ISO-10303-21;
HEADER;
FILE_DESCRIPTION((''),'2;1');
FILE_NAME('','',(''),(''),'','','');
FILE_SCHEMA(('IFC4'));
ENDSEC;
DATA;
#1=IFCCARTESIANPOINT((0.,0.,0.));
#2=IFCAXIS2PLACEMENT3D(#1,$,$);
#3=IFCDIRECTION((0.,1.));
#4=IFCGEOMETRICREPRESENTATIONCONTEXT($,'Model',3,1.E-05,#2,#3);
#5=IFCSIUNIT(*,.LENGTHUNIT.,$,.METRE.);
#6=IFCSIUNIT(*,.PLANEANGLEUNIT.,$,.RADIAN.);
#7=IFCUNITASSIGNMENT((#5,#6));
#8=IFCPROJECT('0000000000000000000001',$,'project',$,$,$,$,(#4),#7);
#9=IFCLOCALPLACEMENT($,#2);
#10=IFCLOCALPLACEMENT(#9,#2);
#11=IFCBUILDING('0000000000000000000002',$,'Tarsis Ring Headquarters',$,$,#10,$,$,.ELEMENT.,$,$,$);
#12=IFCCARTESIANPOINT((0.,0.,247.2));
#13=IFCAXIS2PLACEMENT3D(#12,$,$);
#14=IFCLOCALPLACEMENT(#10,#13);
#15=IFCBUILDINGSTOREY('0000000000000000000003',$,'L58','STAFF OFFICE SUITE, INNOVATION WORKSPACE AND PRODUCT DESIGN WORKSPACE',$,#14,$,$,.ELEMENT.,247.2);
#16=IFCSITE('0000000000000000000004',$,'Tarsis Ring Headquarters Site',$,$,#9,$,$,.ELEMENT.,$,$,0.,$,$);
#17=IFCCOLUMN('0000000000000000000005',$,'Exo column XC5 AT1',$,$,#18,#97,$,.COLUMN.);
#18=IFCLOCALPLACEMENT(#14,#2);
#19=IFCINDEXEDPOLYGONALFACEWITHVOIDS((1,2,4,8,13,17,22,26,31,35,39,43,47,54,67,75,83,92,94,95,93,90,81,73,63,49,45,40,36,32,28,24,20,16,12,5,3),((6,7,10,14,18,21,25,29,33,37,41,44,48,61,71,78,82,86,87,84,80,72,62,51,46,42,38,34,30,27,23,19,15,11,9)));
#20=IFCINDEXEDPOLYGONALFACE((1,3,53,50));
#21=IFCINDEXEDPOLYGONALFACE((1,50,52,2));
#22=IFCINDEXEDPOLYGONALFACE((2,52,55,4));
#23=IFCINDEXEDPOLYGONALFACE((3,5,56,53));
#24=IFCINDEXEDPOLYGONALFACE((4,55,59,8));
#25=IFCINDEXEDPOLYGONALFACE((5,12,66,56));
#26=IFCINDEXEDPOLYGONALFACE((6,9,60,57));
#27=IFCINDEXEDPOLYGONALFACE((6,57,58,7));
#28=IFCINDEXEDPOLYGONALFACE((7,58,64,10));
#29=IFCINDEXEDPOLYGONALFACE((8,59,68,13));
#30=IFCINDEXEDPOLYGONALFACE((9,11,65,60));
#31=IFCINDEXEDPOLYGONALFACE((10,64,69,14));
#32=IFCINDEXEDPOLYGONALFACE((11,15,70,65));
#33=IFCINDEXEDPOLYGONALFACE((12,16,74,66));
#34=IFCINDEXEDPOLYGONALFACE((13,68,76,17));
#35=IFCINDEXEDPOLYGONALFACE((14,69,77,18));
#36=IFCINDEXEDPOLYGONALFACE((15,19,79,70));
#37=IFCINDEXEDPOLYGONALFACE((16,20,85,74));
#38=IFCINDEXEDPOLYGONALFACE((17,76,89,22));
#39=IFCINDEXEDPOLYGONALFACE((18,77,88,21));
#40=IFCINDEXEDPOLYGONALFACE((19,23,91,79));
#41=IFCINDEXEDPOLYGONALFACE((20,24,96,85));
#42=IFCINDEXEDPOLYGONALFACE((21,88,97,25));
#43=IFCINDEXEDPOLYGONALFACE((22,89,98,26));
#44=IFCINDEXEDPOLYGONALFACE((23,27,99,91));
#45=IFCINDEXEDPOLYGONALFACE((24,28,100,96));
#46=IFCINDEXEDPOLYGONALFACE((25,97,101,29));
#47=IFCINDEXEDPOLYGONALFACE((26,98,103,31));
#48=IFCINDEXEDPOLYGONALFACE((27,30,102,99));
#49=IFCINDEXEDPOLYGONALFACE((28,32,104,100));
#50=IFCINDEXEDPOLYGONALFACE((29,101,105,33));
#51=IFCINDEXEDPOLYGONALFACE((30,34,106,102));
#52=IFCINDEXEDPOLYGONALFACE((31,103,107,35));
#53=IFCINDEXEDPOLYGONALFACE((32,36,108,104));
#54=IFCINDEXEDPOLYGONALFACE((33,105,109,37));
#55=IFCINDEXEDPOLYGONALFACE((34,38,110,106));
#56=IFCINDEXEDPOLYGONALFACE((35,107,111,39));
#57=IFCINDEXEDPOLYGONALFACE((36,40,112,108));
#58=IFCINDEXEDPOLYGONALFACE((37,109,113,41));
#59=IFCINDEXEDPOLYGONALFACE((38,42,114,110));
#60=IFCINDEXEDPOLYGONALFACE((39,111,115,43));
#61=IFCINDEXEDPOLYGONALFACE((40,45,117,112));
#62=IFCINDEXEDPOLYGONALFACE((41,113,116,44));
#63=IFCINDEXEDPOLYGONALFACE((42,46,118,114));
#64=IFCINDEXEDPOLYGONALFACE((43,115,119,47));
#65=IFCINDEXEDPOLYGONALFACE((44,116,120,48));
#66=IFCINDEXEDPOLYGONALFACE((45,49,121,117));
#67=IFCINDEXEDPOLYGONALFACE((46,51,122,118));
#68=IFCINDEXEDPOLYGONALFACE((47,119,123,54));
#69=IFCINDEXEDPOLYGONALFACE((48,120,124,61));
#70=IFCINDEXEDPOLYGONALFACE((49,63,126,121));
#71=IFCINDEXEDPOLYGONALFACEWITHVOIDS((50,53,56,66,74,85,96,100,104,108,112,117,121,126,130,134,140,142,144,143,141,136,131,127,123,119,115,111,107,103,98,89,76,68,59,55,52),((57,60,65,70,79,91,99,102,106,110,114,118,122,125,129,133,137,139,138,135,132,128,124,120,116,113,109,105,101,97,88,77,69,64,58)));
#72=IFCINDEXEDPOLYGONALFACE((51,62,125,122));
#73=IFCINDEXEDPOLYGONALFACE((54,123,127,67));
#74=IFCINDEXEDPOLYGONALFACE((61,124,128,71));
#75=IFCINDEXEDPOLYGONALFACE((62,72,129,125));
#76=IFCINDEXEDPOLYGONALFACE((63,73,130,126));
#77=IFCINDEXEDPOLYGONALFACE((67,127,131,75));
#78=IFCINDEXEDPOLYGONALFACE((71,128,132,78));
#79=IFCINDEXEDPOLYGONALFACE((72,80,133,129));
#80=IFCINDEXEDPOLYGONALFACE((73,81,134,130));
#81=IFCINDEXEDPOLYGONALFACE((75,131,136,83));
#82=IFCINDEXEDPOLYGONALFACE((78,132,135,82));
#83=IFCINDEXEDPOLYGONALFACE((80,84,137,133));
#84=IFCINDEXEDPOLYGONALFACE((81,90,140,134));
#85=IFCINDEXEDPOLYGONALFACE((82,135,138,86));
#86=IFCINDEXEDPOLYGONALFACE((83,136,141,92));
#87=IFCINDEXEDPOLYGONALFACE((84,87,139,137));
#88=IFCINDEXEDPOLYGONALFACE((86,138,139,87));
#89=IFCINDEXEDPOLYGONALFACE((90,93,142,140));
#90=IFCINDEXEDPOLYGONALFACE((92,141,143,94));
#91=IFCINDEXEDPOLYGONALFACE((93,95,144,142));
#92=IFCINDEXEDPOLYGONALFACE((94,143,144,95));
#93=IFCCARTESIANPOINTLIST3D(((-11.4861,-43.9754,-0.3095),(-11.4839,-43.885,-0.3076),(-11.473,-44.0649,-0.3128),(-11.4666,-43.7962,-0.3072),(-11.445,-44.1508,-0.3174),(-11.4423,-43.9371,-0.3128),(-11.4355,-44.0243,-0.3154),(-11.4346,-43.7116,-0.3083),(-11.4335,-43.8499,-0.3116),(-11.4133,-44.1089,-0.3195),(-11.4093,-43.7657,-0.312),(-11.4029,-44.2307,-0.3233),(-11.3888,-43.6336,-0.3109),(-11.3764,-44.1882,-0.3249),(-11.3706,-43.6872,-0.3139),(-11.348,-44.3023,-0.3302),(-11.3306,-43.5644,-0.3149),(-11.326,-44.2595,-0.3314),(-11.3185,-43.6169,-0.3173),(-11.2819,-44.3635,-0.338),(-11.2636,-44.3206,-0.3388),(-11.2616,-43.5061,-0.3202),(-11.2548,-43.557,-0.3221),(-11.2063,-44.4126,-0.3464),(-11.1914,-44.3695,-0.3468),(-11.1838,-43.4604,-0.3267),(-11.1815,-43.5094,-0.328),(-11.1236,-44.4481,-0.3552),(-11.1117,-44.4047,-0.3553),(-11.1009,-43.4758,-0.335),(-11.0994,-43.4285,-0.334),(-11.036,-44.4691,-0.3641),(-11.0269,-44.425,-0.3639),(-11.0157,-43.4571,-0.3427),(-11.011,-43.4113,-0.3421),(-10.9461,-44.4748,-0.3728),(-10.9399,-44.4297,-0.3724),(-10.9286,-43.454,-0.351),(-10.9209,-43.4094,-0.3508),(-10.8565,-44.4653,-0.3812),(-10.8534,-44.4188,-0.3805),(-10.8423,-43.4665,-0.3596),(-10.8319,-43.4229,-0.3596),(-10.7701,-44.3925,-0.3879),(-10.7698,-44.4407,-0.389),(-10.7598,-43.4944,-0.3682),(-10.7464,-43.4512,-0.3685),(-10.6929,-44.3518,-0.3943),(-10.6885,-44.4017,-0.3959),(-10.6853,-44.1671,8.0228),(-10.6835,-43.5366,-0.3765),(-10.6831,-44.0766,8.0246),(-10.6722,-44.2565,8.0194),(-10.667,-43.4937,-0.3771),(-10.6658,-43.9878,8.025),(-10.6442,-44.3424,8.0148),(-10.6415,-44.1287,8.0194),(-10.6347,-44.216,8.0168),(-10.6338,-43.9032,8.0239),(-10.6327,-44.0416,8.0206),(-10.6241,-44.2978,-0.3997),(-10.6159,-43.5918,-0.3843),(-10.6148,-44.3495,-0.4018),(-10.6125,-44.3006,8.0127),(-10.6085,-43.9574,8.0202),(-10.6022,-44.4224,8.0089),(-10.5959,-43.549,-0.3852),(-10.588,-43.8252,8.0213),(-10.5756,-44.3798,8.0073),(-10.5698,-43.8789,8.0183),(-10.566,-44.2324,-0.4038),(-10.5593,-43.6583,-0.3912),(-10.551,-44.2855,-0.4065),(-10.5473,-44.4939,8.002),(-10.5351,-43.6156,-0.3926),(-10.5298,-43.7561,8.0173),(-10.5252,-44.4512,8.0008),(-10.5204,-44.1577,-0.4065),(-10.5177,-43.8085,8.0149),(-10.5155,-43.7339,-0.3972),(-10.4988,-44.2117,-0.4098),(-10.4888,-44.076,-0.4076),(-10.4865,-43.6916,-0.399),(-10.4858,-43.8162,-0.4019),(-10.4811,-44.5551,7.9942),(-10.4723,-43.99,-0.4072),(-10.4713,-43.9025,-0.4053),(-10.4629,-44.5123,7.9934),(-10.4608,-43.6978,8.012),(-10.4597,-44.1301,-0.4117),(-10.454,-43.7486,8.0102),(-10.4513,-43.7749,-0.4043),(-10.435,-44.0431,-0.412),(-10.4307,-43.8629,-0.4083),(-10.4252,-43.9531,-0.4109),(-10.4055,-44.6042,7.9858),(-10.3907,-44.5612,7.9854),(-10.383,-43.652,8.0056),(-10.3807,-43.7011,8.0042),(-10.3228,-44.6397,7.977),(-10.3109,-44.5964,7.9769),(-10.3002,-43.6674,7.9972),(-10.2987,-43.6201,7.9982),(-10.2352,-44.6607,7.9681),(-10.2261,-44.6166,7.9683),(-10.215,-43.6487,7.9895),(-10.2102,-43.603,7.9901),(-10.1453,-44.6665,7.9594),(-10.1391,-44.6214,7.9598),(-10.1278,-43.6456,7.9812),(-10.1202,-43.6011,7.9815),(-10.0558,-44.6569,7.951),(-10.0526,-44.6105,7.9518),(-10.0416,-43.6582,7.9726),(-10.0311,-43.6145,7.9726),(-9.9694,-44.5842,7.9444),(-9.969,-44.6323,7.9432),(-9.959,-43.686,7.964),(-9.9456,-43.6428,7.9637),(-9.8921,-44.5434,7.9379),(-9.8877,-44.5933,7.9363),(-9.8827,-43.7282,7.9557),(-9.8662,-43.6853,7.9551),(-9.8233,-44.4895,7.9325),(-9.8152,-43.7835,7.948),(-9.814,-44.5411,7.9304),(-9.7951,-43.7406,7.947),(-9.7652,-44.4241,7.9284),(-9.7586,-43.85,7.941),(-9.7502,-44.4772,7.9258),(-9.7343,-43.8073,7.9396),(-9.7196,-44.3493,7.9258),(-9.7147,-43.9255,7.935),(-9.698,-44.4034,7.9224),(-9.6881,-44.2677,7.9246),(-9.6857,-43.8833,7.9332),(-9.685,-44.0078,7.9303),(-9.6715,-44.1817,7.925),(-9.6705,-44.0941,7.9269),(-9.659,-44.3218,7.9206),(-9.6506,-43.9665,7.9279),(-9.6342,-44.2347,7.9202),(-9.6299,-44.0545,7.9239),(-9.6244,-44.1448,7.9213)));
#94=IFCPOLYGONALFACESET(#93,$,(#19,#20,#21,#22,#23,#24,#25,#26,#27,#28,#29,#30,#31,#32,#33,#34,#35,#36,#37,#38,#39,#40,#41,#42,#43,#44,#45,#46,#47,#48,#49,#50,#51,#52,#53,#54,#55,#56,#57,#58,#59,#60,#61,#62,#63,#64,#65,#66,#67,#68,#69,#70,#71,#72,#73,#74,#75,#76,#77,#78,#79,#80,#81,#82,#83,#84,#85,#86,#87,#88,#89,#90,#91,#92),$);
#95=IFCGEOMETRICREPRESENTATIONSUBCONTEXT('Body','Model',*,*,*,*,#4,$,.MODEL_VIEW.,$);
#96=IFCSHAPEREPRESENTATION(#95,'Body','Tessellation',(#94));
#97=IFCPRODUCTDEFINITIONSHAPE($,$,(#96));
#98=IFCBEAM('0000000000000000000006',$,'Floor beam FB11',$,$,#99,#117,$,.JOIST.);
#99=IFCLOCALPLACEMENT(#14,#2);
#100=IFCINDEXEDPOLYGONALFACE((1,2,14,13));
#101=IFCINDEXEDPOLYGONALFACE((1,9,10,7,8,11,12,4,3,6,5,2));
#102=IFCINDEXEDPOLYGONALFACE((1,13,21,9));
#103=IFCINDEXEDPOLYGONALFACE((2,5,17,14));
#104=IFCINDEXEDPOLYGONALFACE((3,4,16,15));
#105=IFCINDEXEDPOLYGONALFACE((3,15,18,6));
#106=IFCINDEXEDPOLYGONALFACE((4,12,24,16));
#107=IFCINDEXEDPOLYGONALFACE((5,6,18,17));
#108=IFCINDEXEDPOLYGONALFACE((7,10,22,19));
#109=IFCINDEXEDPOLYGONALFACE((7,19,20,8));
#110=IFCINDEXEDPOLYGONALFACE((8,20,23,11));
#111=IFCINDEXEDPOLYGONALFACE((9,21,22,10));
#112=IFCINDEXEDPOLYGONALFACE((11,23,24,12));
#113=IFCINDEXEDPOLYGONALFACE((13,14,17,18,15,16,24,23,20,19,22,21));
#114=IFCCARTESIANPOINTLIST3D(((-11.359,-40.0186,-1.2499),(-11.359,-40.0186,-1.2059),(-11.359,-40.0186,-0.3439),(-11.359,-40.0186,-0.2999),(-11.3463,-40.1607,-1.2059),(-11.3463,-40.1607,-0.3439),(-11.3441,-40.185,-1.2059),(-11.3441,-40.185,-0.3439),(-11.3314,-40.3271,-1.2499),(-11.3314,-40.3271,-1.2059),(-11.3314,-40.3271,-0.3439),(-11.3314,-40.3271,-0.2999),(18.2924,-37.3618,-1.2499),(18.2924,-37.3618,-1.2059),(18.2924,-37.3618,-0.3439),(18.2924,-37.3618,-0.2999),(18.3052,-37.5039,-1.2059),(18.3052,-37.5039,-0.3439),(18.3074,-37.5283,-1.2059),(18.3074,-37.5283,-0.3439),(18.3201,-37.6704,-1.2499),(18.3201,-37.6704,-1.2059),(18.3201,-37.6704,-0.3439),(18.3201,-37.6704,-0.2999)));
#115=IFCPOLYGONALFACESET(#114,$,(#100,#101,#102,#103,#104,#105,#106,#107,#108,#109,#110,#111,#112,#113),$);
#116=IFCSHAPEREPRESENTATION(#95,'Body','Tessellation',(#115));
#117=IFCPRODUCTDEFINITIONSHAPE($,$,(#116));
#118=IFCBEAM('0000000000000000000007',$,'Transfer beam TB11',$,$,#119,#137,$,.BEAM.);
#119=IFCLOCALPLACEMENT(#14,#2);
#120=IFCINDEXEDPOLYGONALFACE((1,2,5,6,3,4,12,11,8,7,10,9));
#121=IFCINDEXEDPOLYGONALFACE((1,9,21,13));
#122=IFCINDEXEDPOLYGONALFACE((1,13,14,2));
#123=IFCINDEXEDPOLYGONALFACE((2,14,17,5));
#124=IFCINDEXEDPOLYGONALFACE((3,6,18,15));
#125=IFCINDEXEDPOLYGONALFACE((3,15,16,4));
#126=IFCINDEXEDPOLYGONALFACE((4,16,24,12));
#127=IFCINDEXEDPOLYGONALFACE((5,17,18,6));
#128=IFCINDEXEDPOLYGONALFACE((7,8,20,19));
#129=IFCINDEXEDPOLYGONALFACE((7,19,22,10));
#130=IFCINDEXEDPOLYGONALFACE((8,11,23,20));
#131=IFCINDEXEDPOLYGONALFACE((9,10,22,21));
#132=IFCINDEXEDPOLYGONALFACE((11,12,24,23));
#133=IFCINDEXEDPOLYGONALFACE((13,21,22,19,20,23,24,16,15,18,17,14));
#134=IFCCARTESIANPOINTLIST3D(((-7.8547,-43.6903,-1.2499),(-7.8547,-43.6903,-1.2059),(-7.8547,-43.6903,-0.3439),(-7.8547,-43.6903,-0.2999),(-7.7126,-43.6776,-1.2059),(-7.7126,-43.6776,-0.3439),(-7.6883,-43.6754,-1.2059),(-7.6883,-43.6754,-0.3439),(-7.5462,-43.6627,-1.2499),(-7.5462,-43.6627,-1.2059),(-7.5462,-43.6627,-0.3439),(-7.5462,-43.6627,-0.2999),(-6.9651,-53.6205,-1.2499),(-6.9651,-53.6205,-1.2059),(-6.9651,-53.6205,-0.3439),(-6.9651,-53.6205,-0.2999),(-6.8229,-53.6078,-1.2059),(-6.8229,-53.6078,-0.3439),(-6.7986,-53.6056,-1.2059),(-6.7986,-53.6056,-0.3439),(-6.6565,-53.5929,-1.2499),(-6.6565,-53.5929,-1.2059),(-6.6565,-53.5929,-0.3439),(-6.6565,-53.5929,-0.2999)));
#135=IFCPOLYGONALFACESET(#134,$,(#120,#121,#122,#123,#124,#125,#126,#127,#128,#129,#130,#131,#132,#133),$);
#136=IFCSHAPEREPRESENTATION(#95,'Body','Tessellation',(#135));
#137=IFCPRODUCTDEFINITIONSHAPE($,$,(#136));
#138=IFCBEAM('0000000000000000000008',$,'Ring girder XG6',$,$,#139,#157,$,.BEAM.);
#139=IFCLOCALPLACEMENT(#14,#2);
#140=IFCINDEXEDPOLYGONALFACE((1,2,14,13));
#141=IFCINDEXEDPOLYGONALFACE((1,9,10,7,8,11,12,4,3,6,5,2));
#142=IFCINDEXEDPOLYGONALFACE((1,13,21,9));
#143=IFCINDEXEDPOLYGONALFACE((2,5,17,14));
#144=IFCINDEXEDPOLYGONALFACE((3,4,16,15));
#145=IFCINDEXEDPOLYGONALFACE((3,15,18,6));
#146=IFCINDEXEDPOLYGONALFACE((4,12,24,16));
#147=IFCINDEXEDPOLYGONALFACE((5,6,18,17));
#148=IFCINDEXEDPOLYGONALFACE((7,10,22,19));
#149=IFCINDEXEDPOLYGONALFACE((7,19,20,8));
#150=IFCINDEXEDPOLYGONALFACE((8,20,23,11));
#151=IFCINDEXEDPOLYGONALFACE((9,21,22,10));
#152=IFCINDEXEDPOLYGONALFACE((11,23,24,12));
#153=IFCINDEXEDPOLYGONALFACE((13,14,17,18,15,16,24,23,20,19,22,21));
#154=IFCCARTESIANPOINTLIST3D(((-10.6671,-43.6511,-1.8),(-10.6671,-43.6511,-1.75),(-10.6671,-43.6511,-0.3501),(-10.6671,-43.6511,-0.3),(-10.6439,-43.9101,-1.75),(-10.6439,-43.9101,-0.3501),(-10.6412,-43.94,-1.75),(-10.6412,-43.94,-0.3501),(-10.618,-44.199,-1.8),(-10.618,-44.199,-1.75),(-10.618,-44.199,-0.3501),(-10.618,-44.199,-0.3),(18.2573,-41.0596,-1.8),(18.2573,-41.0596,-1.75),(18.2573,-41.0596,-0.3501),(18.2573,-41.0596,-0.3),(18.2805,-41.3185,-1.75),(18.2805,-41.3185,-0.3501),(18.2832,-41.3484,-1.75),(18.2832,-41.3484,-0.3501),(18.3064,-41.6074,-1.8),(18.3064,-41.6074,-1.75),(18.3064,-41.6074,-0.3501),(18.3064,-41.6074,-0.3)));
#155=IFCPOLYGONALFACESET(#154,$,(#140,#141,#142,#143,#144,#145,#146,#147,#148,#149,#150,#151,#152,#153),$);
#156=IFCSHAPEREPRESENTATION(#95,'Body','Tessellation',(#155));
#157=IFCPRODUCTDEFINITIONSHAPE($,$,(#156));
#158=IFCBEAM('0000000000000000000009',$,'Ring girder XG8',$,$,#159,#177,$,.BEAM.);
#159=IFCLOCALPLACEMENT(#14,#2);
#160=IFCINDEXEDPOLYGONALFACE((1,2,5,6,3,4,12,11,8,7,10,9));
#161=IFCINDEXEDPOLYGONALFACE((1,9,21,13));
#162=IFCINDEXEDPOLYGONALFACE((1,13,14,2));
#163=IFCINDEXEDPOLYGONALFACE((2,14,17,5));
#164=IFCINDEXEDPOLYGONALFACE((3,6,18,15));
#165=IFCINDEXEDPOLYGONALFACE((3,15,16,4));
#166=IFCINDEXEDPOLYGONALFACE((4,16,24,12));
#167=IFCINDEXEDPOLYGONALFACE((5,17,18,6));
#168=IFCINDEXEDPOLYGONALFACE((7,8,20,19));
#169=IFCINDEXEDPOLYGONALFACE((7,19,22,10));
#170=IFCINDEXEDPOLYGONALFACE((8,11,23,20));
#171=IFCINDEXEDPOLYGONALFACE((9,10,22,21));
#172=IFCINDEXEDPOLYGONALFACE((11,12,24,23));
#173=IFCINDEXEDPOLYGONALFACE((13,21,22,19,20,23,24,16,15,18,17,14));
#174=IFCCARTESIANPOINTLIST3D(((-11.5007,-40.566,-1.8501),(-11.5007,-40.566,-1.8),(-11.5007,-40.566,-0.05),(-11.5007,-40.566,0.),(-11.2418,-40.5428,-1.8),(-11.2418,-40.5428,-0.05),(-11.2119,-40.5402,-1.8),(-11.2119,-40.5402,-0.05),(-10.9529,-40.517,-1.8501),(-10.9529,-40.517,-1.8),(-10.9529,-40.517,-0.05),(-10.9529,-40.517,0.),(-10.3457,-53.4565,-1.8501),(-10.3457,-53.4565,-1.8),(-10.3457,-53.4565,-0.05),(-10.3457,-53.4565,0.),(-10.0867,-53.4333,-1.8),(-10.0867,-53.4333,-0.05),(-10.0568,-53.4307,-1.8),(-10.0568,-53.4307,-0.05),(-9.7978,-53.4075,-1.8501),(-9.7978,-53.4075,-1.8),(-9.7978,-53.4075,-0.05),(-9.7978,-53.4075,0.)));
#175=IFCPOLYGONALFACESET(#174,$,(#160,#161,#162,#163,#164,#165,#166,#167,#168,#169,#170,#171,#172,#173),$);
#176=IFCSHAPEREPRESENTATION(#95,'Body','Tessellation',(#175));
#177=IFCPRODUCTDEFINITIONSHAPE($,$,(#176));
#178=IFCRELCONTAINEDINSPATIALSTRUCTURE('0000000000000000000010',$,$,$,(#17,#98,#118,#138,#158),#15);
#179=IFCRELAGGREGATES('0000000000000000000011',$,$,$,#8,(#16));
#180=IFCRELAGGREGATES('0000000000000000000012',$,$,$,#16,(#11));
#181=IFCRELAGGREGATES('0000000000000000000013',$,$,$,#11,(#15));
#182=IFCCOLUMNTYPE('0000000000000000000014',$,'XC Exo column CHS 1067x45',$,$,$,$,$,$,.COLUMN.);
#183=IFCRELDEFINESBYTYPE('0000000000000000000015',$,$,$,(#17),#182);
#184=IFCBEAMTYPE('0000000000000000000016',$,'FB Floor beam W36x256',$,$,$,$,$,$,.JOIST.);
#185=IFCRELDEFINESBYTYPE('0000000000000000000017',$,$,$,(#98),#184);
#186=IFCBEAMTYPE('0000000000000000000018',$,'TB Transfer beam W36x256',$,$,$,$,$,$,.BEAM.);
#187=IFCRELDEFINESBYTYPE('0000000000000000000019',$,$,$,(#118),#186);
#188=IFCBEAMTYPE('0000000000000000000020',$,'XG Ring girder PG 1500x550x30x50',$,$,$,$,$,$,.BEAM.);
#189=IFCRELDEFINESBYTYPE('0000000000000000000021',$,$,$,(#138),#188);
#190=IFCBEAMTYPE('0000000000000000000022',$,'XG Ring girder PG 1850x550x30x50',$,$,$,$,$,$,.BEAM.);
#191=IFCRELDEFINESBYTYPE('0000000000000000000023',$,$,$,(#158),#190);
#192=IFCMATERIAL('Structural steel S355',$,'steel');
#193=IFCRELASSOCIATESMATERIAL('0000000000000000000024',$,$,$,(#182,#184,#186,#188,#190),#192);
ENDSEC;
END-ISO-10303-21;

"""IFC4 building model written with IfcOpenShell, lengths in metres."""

from ifc_helpers import new_model, si_unit, direction, frame, origin, origin_2d, place, context, subcontext, project, spatial, hollow_circle, i_section, extrude, material, material_profile, profile_set, type_object, element, save


model = new_model("IFC4")

# Units and contexts
model_context = context("Model", 3, precision=1e-05, world=origin(), true_north=direction((0.0, 1.0)))
body_context = subcontext(model_context, "Body", "Model", "MODEL_VIEW")
ifc_project = project(units=[si_unit("LENGTHUNIT", "METRE"), si_unit("PLANEANGLEUNIT", "RADIAN")], contexts=[model_context])

# Site, building, storey
site_placement = place(None, origin())
site = spatial("IfcSite", under=ifc_project, at=site_placement, Name="Tarsis Ring Headquarters Site", CompositionType="ELEMENT", RefElevation=0.0)
building_placement = place(site_placement, origin())
building = spatial("IfcBuilding", under=site, at=building_placement, Name="Tarsis Ring Headquarters", CompositionType="ELEMENT")
storey_placement = place(building_placement, frame((0.0, 0.0, 247.2)))
storey = spatial("IfcBuildingStorey", under=building, at=storey_placement, Name="L58", Description="STAFF OFFICE SUITE, INNOVATION WORKSPACE AND PRODUCT DESIGN WORKSPACE", CompositionType="ELEMENT", Elevation=247.2)

# Column
ifc_material_1 = material(Name="Structural steel S355", Category="steel")
ifc_material_profile_1 = material_profile(ifc_material_1, hollow_circle(Radius=0.5334, WallThickness=0.0449, at=origin_2d()), Name="CHS 1067x45")
ifc_profile_set_1 = profile_set([ifc_material_profile_1], Name="Structural steel S355")
column_type = type_object("IfcColumnType", Name="XC Exo column CHS 1067x45", PredefinedType="COLUMN", material=ifc_profile_set_1)
column_placement = place(storey_placement, frame((-10.9561, -43.9417, -0.3596), z_axis=(0.09564, -0.022889, 0.995153), x_axis=(0.232756, 0.972535, 0.0)))
element("IfcColumn", 1, at=column_placement, inside=storey, type_object=column_type, Name="Exo column XC5 AT1", PredefinedType="COLUMN", context=body_context, shape_type="SweptSolid", body=[
    extrude(hollow_circle(Radius=0.5334, WallThickness=0.0449, at=origin_2d()), origin(), (0.0, 0.0, 1.0), 8.3728),
])

# Beams
ifc_material_profile_2 = material_profile(ifc_material_1, i_section(OverallWidth=0.3098, OverallDepth=0.95, WebThickness=0.0244, FlangeThickness=0.0439, at=origin_2d()), Name="W36x256")
ifc_profile_set_2 = profile_set([ifc_material_profile_2], Name="Structural steel S355")
beam_type_1 = type_object("IfcBeamType", Name="FB Floor beam W36x256", PredefinedType="JOIST", material=ifc_profile_set_2)
beam_1_placement = place(storey_placement, frame((-11.3452, -40.1729, -0.7749), z_axis=(0.99601, 0.089242, 0.0), x_axis=(-0.089242, 0.99601, 0.0)))
element("IfcBeam", 2, at=beam_1_placement, inside=storey, type_object=beam_type_1, Name="Floor beam FB11", PredefinedType="JOIST", context=body_context, shape_type="SweptSolid", body=[
    extrude(i_section(OverallWidth=0.3098, OverallDepth=0.95, WebThickness=0.0244, FlangeThickness=0.0439, at=origin_2d()), origin(), (0.0, 0.0, 1.0), 29.7703),
])
beam_type_2 = type_object("IfcBeamType", Name="TB Transfer beam W36x256", PredefinedType="BEAM", material=ifc_profile_set_2)
beam_2_placement = place(storey_placement, frame((-6.8108, -53.6067, -0.7749), z_axis=(-0.089233, 0.996011, 0.0), x_axis=(-0.996011, -0.089233, 0.0)))
element("IfcBeam", 3, at=beam_2_placement, inside=storey, type_object=beam_type_2, Name="Transfer beam TB11", PredefinedType="BEAM", context=body_context, shape_type="SweptSolid", body=[
    extrude(i_section(OverallWidth=0.3098, OverallDepth=0.95, WebThickness=0.0244, FlangeThickness=0.0439, at=origin_2d()), origin(), (0.0, 0.0, 1.0), 9.97),
])
ifc_material_profile_3 = material_profile(ifc_material_1, i_section(OverallWidth=0.55, OverallDepth=1.5, WebThickness=0.03, FlangeThickness=0.05, at=origin_2d()), Name="PG 1500x550x30x50")
ifc_profile_set_3 = profile_set([ifc_material_profile_3], Name="Structural steel S355")
beam_type_3 = type_object("IfcBeamType", Name="XG Ring girder PG 1500x550x30x50", PredefinedType="BEAM", material=ifc_profile_set_3)
beam_3_placement = place(storey_placement, frame((-10.6426, -43.925, -1.05), z_axis=(0.99601, 0.08924, 0.0), x_axis=(-0.08924, 0.99601, 0.0)))
element("IfcBeam", 4, at=beam_3_placement, inside=storey, type_object=beam_type_3, Name="Ring girder XG6", PredefinedType="BEAM", context=body_context, shape_type="SweptSolid", body=[
    extrude(i_section(OverallWidth=0.55, OverallDepth=1.5, WebThickness=0.03, FlangeThickness=0.05, at=origin_2d()), origin(), (0.0, 0.0, 1.0), 29.0403),
])
ifc_material_profile_4 = material_profile(ifc_material_1, i_section(OverallWidth=0.55, OverallDepth=1.8501, WebThickness=0.03, FlangeThickness=0.05, at=origin_2d()), Name="PG 1850x550x30x50")
ifc_profile_set_4 = profile_set([ifc_material_profile_4], Name="Structural steel S355")
beam_type_4 = type_object("IfcBeamType", Name="XG Ring girder PG 1850x550x30x50", PredefinedType="BEAM", material=ifc_profile_set_4)
beam_4_placement = place(storey_placement, frame((-11.2268, -40.5415, -0.925), z_axis=(0.089246, -0.99601, 0.0), x_axis=(0.99601, 0.089246, 0.0)))
element("IfcBeam", 5, at=beam_4_placement, inside=storey, type_object=beam_type_4, Name="Ring girder XG8", PredefinedType="BEAM", context=body_context, shape_type="SweptSolid", body=[
    extrude(i_section(OverallWidth=0.55, OverallDepth=1.8501, WebThickness=0.03, FlangeThickness=0.05, at=origin_2d()), origin(), (0.0, 0.0, 1.0), 12.9421),
])

save(model, "model.ifc")
